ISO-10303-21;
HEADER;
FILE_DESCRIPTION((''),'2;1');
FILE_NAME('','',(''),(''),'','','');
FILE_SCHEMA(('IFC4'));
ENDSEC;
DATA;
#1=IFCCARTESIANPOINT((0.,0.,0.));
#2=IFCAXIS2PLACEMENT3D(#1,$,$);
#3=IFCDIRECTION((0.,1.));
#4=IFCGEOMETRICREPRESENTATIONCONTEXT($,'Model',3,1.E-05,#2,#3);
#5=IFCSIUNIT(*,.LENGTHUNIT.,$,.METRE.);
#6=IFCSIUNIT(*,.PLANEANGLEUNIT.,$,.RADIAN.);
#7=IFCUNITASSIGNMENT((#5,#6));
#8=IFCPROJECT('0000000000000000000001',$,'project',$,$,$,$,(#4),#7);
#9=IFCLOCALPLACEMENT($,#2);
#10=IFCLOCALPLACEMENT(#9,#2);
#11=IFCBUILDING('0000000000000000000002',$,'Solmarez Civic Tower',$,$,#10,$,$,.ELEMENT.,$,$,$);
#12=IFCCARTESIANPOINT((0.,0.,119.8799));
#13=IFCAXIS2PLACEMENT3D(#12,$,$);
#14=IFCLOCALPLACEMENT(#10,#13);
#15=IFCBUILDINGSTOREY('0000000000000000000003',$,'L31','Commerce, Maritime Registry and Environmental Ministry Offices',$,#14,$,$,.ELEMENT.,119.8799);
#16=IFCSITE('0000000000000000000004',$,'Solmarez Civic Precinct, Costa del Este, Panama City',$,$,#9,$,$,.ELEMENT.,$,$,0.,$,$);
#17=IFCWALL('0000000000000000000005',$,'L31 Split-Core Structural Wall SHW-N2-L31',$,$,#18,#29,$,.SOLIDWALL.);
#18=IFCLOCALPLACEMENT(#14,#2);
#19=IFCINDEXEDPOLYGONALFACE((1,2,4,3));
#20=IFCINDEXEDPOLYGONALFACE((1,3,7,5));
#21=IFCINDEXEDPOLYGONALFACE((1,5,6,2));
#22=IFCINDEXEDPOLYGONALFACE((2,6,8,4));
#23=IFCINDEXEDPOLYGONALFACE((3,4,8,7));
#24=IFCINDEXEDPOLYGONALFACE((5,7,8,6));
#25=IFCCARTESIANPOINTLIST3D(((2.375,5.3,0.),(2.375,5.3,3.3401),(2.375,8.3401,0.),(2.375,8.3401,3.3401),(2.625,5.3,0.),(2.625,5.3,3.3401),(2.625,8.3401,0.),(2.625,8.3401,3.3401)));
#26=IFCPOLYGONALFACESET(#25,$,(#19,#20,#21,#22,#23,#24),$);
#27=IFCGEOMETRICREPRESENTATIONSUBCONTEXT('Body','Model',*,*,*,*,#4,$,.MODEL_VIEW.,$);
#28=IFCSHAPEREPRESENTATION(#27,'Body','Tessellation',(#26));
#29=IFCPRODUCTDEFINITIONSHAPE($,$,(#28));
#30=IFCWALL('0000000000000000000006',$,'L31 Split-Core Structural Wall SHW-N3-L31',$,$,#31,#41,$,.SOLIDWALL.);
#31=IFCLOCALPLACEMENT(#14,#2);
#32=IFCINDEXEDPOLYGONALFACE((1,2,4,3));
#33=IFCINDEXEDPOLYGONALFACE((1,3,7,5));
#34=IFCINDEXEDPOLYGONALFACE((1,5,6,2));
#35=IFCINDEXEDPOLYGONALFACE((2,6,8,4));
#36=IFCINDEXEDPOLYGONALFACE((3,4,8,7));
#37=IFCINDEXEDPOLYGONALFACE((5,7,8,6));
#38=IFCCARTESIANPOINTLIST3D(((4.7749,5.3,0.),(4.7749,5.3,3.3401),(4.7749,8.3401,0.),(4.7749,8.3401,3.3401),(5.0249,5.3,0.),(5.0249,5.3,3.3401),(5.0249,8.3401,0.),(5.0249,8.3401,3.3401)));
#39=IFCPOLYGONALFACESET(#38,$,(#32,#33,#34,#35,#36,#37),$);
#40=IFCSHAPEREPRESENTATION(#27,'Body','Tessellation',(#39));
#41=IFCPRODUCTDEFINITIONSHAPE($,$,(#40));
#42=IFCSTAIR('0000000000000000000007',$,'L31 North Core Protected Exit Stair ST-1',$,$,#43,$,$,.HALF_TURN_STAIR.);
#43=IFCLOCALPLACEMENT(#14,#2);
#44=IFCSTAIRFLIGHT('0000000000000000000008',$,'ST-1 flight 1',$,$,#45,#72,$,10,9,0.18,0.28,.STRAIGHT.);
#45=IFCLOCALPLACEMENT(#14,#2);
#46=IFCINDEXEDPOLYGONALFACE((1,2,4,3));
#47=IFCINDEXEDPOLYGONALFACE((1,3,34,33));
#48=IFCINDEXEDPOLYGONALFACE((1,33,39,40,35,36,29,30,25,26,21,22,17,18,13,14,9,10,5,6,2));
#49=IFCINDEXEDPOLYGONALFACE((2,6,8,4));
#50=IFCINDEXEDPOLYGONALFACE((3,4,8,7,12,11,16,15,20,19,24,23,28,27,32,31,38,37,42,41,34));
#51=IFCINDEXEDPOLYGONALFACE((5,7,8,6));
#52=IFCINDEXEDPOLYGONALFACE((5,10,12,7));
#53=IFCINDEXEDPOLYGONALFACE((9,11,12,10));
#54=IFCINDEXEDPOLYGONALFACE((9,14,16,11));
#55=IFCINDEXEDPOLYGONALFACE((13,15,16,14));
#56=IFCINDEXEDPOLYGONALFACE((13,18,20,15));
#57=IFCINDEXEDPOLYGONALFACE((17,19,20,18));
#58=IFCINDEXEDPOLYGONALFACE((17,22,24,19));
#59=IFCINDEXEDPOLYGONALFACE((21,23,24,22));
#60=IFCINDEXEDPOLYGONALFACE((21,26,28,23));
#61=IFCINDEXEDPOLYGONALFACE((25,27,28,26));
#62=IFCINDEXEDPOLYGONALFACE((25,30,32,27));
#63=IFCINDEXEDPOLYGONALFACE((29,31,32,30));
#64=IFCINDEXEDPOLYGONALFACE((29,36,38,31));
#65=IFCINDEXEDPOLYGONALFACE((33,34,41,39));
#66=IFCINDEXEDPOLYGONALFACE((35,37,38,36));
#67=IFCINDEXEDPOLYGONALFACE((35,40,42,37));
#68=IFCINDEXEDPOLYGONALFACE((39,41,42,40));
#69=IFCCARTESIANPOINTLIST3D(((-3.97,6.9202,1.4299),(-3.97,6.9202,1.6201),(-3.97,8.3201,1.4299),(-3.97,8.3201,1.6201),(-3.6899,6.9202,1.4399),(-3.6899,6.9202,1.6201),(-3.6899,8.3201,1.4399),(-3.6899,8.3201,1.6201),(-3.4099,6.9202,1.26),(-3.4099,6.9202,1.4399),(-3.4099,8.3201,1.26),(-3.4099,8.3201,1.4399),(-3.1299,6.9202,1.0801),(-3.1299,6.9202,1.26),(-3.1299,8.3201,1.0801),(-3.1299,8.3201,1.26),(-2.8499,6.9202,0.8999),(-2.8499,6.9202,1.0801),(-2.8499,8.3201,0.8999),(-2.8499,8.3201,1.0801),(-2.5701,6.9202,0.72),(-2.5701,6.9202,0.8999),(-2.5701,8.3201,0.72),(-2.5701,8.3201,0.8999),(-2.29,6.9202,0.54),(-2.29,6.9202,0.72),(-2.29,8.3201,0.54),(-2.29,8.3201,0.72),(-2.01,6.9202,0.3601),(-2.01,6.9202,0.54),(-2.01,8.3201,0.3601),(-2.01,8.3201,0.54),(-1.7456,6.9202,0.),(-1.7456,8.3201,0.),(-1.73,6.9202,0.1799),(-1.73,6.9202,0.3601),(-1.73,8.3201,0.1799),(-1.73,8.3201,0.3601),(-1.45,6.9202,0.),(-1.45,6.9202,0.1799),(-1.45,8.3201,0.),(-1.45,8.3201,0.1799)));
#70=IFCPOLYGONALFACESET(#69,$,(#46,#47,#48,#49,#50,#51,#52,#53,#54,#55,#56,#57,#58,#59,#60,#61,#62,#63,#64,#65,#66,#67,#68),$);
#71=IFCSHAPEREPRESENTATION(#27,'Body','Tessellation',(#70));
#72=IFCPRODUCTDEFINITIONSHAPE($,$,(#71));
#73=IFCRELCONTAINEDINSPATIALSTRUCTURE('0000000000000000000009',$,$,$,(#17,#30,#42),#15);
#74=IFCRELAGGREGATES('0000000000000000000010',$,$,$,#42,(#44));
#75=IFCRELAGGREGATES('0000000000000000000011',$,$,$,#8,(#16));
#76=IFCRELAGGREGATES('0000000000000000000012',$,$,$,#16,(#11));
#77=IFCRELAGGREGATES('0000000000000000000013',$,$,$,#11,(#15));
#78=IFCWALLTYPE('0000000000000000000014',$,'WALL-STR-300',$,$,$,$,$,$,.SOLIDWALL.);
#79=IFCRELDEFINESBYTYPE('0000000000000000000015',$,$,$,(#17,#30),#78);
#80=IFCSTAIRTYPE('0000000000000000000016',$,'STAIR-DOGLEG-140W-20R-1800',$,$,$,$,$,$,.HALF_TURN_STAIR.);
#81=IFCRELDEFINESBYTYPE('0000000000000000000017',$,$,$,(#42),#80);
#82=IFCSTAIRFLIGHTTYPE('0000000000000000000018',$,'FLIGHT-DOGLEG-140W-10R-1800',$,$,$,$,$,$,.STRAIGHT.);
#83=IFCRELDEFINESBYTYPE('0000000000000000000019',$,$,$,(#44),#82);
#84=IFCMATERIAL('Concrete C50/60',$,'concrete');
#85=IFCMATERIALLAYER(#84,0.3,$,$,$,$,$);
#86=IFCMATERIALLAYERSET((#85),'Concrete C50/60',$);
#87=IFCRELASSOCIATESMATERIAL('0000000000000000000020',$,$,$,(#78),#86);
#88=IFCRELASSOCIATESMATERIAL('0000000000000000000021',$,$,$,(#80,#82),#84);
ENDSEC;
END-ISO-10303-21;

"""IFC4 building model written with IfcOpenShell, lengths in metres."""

from ifc_helpers import new_model, si_unit, direction, frame, frame_2d, origin, place, context, subcontext, project, spatial, polyline, rectangle, outline, extrude, material, layer, layer_set, type_object, element, aggregate, save


model = new_model("IFC4")

# Units and contexts
model_context = context("Model", 3, precision=1e-05, world=origin(), true_north=direction((0.0, 1.0)))
body_context = subcontext(model_context, "Body", "Model", "MODEL_VIEW")
ifc_project = project(units=[si_unit("LENGTHUNIT", "METRE"), si_unit("PLANEANGLEUNIT", "RADIAN")], contexts=[model_context])

# Site, building, storey
site_placement = place(None, origin())
site = spatial("IfcSite", under=ifc_project, at=site_placement, Name="Solmarez Civic Precinct, Costa del Este, Panama City", CompositionType="ELEMENT", RefElevation=0.0)
building_placement = place(site_placement, origin())
building = spatial("IfcBuilding", under=site, at=building_placement, Name="Solmarez Civic Tower", CompositionType="ELEMENT")
storey_placement = place(building_placement, frame((0.0, 0.0, 119.8799)))
storey = spatial("IfcBuildingStorey", under=building, at=storey_placement, Name="L31", Description="Commerce, Maritime Registry and Environmental Ministry Offices", CompositionType="ELEMENT", Elevation=119.8799)

# Shared definitions
ifc_material_1 = material(Name="Concrete C50/60", Category="concrete")

# Shared definitions
ifc_layer_1 = layer(ifc_material_1, 0.3)
ifc_layer_set_1 = layer_set([ifc_layer_1], Name="Concrete C50/60")
wall_type_1 = type_object("IfcWallType", Name="WALL-STR-300", PredefinedType="SOLIDWALL", material=ifc_layer_set_1)

# Walls
for number, where, z_axis, x_axis, name in (
    (1, (2.5, 5.3, 0.0), (0.0, 0.0, 1.0), (0.0, 1.0, 0.0), "L31 Split-Core Structural Wall SHW-N2-L31"),
    (2, (4.8999, 5.3, 0.0), (0.0, 0.0, 1.0), (0.0, 1.0, 0.0), "L31 Split-Core Structural Wall SHW-N3-L31"),
):
    element("IfcWall", number, at=place(storey_placement, frame(where, z_axis=z_axis, x_axis=x_axis)), inside=storey, type_object=wall_type_1, Name=name, PredefinedType="SOLIDWALL", context=body_context, shape_type="SweptSolid", body=[
        extrude(rectangle(XDim=3.04, YDim=0.25, at=frame_2d((1.52, 0.0))), origin(), (0.0, 0.0, 1.0), 3.3401),
    ])

# Stair, stair flight
stair_type = type_object("IfcStairType", Name="STAIR-DOGLEG-140W-20R-1800", PredefinedType="HALF_TURN_STAIR", material=ifc_material_1)
stair_placement = place(storey_placement, origin())
stair = element("IfcStair", 3, at=stair_placement, inside=storey, type_object=stair_type, Name="L31 North Core Protected Exit Stair ST-1", PredefinedType="HALF_TURN_STAIR")
stair_flight_type = type_object("IfcStairFlightType", Name="FLIGHT-DOGLEG-140W-10R-1800", PredefinedType="STRAIGHT", material=ifc_material_1)
stair_flight_placement = place(storey_placement, frame((-1.45, 7.6201, 0.0), z_axis=(0.0, 0.0, 1.0), x_axis=(-1.0, 0.0, 0.0)))
stair_flight = element("IfcStairFlight", 4, at=stair_flight_placement, type_object=stair_flight_type, Name="ST-1 flight 1", NumberOfRisers=10, NumberOfTreads=9, PredefinedType="STRAIGHT", RiserHeight=0.18, TreadLength=0.28, context=body_context, shape_type="SweptSolid", body=[
    extrude(outline(polyline([(0.0, 0.0), (0.0, 0.1799), (0.28, 0.1799), (0.28, 0.3601), (0.5601, 0.3601), (0.5601, 0.54), (0.8401, 0.54), (0.8401, 0.72), (1.1201, 0.72), (1.1201, 0.8999), (1.3999, 0.8999), (1.3999, 1.0801), (1.6799, 1.0801), (1.6799, 1.26), (1.96, 1.26), (1.96, 1.4399), (2.24, 1.4399), (2.24, 1.6201), (2.52, 1.6201), (2.52, 1.8), (2.52, 1.4299), (0.2957, 0.0), (0.0, 0.0)])), frame((0.0, 0.7, 0.0), z_axis=(0.0, -1.0, 0.0), x_axis=(1.0, 0.0, 0.0)), (0.0, 0.0, 1.0), 1.3999),
])
aggregate(stair, [stair_flight])

save(model, "model.ifc")
